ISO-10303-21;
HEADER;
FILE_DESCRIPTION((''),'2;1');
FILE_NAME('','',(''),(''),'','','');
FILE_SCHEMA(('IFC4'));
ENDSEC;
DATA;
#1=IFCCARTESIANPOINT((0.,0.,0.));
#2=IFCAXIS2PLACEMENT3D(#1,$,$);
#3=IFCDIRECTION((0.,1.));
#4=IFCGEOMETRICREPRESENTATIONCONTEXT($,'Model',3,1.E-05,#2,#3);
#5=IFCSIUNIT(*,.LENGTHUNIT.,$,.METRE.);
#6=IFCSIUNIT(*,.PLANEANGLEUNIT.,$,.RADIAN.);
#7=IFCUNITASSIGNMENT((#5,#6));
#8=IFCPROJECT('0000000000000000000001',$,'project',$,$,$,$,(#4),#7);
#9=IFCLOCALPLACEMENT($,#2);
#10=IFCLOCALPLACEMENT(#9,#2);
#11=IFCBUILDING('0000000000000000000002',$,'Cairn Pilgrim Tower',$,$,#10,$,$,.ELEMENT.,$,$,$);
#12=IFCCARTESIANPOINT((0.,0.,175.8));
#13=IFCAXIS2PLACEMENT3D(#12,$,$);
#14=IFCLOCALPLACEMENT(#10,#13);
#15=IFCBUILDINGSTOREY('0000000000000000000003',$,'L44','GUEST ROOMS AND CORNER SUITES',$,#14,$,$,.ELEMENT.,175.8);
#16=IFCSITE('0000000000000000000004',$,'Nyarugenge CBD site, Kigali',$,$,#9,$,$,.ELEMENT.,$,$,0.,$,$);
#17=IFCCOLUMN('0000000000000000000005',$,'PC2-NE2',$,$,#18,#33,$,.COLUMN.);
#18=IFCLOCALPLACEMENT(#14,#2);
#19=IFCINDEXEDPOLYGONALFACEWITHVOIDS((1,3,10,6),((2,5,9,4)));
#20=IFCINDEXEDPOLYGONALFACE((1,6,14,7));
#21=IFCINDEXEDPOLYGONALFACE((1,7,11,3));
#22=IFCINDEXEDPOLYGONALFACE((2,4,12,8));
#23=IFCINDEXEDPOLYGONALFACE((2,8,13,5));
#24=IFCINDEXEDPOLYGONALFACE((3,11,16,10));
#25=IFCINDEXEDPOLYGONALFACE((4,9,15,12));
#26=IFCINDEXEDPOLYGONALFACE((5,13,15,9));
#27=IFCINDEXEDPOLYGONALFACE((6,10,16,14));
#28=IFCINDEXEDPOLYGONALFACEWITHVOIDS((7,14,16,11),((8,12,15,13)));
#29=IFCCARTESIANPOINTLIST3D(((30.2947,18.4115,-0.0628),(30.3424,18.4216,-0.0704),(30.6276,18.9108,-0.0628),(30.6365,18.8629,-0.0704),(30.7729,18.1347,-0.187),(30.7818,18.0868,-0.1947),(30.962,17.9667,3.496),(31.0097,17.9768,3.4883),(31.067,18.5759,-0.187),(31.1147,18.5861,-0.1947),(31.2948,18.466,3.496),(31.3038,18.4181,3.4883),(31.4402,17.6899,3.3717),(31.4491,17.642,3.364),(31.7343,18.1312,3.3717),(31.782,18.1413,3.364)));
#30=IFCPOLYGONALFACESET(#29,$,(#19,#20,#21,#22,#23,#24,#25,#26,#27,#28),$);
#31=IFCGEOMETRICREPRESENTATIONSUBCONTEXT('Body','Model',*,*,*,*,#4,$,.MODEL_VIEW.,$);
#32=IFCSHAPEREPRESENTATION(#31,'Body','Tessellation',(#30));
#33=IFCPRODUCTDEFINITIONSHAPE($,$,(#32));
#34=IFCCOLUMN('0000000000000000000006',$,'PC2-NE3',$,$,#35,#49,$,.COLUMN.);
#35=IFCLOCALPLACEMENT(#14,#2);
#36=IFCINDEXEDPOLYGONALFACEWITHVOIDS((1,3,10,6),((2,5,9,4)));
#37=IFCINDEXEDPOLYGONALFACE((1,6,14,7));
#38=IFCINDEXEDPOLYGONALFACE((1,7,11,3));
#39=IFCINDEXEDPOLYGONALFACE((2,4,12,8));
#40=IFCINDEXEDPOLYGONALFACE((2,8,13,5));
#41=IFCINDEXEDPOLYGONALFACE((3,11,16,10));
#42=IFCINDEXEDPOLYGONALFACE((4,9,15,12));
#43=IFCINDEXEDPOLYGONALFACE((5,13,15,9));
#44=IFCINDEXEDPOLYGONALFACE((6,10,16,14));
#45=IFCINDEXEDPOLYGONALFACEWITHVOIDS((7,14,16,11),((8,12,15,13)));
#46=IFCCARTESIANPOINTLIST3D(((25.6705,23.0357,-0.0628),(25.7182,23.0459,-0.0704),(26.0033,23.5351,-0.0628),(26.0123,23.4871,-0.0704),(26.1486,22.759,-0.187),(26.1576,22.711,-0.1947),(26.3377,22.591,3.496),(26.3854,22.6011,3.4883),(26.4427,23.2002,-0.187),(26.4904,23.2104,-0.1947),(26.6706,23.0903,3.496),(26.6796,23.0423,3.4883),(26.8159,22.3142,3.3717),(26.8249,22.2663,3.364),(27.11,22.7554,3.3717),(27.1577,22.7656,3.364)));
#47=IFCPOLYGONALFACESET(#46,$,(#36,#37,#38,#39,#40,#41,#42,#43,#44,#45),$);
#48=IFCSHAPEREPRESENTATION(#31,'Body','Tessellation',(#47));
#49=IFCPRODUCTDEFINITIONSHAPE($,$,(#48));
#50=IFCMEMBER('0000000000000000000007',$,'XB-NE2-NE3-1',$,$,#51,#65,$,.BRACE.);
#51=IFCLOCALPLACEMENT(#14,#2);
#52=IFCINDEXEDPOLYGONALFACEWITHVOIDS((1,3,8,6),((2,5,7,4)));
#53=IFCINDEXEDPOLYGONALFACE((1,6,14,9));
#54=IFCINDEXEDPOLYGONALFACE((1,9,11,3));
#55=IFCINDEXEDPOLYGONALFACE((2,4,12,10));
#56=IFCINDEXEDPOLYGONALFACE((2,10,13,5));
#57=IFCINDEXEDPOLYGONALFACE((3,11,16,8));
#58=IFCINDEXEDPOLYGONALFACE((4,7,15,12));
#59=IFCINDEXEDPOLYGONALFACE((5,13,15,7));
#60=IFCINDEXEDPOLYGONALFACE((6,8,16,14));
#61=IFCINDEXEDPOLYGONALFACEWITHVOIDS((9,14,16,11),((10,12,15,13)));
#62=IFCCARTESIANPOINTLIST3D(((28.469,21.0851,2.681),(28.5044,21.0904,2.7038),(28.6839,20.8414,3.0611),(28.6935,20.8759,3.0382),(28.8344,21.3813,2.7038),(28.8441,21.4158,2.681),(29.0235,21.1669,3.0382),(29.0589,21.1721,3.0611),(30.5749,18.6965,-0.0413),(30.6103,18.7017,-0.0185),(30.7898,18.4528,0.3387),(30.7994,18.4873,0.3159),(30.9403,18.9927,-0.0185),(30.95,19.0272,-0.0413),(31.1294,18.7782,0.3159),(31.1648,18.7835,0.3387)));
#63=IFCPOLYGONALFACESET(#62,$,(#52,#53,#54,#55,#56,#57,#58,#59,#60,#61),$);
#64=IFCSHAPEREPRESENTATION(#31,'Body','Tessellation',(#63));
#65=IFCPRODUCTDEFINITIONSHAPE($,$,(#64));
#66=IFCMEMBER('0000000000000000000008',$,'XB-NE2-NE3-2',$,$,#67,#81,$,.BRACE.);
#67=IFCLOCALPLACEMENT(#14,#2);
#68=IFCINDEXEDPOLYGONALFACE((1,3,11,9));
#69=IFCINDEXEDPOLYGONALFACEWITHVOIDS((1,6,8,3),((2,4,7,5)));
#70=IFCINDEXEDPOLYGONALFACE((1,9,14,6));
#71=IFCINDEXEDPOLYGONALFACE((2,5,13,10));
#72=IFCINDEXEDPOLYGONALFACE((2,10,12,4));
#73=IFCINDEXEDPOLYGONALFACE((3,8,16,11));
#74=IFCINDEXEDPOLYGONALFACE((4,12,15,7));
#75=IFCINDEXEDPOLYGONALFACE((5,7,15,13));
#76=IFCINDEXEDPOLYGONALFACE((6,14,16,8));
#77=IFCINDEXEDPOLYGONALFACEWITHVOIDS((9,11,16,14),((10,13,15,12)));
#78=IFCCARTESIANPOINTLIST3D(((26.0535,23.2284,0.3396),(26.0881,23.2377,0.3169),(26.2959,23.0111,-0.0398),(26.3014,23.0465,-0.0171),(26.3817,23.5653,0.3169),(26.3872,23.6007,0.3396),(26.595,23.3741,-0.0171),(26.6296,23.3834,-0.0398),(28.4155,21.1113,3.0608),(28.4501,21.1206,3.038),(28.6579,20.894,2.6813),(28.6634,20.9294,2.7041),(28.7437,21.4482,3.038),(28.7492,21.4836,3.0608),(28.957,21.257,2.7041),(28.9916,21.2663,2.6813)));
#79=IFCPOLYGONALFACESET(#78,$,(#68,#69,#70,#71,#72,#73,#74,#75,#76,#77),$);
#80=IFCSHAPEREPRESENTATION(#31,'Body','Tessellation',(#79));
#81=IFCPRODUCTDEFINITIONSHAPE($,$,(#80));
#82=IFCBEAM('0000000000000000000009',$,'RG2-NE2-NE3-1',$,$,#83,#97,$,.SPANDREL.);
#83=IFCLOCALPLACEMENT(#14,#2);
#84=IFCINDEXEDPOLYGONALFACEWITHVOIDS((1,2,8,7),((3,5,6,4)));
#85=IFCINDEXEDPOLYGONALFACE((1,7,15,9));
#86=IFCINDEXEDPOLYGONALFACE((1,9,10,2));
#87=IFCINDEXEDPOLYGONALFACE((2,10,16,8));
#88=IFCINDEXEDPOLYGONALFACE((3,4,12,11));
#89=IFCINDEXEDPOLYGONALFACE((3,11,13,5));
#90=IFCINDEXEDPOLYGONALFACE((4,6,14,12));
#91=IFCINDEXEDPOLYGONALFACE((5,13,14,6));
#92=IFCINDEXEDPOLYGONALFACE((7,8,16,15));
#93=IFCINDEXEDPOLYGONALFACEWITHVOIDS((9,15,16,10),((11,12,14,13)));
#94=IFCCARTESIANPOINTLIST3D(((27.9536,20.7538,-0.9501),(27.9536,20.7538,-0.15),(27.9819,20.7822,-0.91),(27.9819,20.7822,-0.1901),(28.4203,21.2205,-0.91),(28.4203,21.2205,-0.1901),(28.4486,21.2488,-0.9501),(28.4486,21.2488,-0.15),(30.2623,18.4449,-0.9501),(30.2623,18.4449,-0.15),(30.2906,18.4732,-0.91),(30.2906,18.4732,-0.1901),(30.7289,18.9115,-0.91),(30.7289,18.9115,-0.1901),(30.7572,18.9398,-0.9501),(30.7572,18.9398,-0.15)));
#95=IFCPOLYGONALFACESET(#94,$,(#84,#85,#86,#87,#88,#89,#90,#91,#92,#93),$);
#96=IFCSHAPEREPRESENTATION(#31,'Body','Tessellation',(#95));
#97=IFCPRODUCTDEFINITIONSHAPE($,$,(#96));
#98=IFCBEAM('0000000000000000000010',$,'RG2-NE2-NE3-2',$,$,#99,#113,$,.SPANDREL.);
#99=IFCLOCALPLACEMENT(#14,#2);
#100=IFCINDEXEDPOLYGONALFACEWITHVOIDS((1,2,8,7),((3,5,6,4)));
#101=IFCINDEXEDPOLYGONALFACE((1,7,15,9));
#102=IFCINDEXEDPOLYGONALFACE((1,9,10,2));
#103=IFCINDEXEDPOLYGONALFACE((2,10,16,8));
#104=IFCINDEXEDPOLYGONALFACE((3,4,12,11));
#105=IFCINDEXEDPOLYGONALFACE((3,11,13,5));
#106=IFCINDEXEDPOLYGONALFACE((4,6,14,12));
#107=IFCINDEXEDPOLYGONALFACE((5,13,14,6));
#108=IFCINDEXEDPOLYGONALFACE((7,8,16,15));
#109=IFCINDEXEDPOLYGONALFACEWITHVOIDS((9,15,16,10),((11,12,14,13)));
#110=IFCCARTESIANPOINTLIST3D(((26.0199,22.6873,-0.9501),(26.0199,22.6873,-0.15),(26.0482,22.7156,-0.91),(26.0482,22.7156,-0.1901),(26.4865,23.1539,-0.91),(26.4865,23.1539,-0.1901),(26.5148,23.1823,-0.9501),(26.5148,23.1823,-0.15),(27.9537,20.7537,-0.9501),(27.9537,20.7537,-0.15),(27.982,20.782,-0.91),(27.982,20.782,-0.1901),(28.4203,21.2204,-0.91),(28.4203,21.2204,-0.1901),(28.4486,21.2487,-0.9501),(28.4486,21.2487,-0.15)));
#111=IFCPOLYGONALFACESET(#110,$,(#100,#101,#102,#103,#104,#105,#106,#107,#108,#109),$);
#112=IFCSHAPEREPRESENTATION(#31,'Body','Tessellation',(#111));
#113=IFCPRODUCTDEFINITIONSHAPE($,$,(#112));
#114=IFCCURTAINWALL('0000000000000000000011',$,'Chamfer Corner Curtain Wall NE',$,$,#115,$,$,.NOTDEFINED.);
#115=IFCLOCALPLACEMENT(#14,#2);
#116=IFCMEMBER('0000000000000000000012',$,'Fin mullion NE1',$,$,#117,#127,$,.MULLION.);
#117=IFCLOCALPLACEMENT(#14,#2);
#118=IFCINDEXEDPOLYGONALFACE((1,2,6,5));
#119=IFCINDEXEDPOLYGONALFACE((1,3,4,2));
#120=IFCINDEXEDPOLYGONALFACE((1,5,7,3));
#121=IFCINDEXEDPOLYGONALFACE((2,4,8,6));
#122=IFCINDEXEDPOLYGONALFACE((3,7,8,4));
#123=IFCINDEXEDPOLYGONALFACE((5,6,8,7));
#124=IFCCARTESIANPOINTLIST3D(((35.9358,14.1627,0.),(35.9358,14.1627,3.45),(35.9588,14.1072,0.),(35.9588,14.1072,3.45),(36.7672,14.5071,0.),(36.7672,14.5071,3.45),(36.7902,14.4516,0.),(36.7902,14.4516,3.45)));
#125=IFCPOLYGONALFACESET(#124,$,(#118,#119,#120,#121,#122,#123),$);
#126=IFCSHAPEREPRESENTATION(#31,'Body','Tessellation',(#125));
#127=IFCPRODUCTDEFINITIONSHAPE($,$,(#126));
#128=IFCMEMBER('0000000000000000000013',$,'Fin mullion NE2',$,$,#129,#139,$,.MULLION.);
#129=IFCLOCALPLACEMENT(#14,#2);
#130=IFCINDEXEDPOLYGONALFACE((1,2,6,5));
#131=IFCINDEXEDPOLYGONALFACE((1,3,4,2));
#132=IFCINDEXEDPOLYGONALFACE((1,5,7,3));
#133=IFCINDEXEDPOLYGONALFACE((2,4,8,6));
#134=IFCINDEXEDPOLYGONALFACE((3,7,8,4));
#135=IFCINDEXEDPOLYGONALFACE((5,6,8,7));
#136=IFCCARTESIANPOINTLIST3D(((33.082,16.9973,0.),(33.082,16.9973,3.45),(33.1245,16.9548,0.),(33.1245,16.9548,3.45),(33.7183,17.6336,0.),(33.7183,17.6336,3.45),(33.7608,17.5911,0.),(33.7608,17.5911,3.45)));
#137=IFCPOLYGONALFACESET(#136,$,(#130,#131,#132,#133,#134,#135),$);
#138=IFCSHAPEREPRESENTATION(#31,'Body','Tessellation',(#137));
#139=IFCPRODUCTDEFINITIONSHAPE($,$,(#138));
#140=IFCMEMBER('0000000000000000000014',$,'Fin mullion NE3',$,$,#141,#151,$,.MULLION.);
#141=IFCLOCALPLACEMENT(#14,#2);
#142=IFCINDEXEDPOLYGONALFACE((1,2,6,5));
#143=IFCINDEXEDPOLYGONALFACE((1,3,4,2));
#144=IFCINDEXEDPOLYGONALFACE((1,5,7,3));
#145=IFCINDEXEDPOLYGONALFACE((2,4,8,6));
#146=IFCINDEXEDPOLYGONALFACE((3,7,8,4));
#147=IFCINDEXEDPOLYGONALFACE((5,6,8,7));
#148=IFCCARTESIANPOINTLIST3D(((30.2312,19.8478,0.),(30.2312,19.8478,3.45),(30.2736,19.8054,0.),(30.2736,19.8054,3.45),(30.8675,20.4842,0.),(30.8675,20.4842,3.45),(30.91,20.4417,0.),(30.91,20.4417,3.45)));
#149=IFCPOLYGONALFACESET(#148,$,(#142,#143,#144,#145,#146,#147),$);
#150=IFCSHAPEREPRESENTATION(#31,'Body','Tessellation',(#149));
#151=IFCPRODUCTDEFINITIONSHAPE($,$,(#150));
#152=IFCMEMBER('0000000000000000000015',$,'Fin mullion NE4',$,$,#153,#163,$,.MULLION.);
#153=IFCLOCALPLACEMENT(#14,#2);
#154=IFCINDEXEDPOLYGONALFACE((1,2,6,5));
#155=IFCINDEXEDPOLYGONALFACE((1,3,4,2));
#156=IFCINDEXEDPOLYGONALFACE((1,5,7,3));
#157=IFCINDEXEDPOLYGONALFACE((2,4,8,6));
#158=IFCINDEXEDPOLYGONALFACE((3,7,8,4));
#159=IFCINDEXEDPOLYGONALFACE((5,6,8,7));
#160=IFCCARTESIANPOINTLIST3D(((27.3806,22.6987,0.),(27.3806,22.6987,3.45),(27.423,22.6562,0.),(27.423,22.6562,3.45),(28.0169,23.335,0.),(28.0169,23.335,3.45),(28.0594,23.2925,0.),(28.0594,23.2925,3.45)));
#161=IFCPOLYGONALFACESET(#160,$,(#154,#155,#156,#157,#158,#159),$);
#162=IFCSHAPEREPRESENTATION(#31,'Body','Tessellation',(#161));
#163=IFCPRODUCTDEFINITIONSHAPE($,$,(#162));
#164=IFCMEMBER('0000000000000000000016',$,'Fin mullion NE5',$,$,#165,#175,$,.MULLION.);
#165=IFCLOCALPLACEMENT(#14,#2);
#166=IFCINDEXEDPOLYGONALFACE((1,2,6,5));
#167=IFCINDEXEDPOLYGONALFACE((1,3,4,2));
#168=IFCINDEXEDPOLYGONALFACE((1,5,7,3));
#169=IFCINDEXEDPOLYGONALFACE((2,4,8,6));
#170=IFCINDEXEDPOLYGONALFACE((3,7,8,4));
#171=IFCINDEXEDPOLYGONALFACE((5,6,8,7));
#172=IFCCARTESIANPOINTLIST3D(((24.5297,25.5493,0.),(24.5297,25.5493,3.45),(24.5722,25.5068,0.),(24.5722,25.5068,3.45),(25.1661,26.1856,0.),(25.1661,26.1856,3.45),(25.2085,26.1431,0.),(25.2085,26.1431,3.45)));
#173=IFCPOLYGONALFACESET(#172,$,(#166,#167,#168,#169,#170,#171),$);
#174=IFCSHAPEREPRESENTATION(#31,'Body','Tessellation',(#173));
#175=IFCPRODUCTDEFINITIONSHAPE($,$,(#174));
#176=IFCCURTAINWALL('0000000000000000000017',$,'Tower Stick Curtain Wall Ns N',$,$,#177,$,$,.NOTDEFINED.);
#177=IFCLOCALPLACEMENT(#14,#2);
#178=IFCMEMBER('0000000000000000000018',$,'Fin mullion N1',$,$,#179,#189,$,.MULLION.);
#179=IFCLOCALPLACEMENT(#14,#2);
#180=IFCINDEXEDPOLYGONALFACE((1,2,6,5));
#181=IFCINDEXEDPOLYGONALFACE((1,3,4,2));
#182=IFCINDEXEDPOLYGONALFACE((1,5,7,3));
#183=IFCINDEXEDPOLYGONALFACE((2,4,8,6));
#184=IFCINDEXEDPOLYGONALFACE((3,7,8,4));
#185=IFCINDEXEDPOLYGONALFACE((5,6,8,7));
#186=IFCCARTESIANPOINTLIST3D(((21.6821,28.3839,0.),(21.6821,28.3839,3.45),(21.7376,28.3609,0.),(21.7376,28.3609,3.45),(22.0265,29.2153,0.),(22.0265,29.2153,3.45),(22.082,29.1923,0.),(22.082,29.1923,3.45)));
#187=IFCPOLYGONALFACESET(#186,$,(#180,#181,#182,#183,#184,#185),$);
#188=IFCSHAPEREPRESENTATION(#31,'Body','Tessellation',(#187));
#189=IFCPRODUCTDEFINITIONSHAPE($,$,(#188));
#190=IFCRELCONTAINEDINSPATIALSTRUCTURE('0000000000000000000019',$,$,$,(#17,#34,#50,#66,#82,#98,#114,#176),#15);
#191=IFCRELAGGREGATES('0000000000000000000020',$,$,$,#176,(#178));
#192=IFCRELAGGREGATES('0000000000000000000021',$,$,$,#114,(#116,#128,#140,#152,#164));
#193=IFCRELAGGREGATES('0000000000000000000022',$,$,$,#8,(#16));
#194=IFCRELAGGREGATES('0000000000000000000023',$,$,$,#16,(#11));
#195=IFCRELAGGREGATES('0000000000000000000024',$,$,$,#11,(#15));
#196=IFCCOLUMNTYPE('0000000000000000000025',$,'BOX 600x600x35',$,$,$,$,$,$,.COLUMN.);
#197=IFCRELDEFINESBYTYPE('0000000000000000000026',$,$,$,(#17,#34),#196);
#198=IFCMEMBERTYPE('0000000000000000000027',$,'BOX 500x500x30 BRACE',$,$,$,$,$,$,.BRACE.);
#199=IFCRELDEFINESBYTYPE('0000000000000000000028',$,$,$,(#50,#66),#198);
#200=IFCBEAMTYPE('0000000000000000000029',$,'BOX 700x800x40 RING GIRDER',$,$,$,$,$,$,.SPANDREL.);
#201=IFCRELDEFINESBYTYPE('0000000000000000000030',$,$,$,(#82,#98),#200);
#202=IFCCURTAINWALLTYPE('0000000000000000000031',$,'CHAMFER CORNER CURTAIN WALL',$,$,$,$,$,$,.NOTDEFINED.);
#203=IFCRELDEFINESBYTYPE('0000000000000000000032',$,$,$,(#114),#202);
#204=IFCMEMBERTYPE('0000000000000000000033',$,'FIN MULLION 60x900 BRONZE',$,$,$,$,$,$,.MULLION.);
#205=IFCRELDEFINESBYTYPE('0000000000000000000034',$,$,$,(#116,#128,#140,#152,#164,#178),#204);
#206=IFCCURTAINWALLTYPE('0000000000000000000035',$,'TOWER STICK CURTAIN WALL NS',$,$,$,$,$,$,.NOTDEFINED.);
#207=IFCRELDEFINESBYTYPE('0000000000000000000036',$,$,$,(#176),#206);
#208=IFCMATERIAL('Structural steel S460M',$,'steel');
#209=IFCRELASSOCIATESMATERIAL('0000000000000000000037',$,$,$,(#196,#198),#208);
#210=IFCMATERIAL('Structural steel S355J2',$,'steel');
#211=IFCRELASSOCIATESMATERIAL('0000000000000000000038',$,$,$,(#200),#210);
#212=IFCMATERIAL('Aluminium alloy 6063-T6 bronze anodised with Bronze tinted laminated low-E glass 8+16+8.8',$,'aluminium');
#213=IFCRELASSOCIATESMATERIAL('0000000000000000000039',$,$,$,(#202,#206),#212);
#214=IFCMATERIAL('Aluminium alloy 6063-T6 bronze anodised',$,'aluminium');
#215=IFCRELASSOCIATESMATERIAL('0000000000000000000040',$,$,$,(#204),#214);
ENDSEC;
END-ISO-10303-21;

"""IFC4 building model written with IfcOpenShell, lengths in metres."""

from ifc_helpers import new_model, si_unit, direction, frame, origin, origin_2d, place, context, subcontext, project, spatial, rectangle, hollow_rectangle, extrude, clip, halfspace, material, material_profile, profile_set, type_object, element, aggregate, save


model = new_model("IFC4")

# Units and contexts
model_context = context("Model", 3, precision=1e-05, world=origin(), true_north=direction((0.0, 1.0)))
body_context = subcontext(model_context, "Body", "Model", "MODEL_VIEW")
ifc_project = project(units=[si_unit("LENGTHUNIT", "METRE"), si_unit("PLANEANGLEUNIT", "RADIAN")], contexts=[model_context])

# Site, building, storey
site_placement = place(None, origin())
site = spatial("IfcSite", under=ifc_project, at=site_placement, Name="Nyarugenge CBD site, Kigali", CompositionType="ELEMENT", RefElevation=0.0)
building_placement = place(site_placement, origin())
building = spatial("IfcBuilding", under=site, at=building_placement, Name="Cairn Pilgrim Tower", CompositionType="ELEMENT")
storey_placement = place(building_placement, frame((0.0, 0.0, 175.8)))
storey = spatial("IfcBuildingStorey", under=building, at=storey_placement, Name="L44", Description="GUEST ROOMS AND CORNER SUITES", CompositionType="ELEMENT", Elevation=175.8)

# Columns
ifc_material_1 = material(Name="Structural steel S460M", Category="steel")
ifc_material_profile_1 = material_profile(ifc_material_1, hollow_rectangle(XDim=0.6001, YDim=0.6001, WallThickness=0.0349, at=origin_2d()), Name="BOX 600x600x35")
ifc_profile_set_1 = profile_set([ifc_material_profile_1], Name="Structural steel S460M")
column_type = type_object("IfcColumnType", Name="BOX 600x600x35", PredefinedType="COLUMN", material=ifc_profile_set_1)
for number, where, z_axis, x_axis, name in (
    (1, (30.7007, 18.5015, -0.1501), (0.182922, -0.121926, 0.975538), (0.554631, 0.832097, 0.0), "PC2-NE2"),
    (2, (26.0764, 23.1257, -0.1501), (0.182922, -0.121926, 0.975538), (0.554631, 0.832097, 0.0), "PC2-NE3"),
):
    element("IfcColumn", number, at=place(storey_placement, frame(where, z_axis=z_axis, x_axis=x_axis)), inside=storey, type_object=column_type, Name=name, PredefinedType="COLUMN", context=body_context, shape_type="Clipping", body=[
        clip(clip(extrude(hollow_rectangle(XDim=0.6001, YDim=0.6001, WallThickness=0.0349, at=origin_2d()), origin(), (0.0, 0.0, 1.0), 3.6904), halfspace(frame((0.0, 0.0, 0.022), z_axis=(0.0, 0.0, 1.0), x_axis=(1.0, 0.0, 0.0)), True)), halfspace(frame((0.0, 0.0, 3.6699), z_axis=(0.0, 0.0, 1.0), x_axis=(1.0, 0.0, 0.0)), False)),
    ])

# Members
ifc_material_profile_2 = material_profile(ifc_material_1, hollow_rectangle(XDim=0.5, YDim=0.5, WallThickness=0.03, at=origin_2d()), Name="BOX 500x500x30")
ifc_profile_set_2 = profile_set([ifc_material_profile_2], Name="Structural steel S460M")
member_type_1 = type_object("IfcMemberType", Name="BOX 500x500x30 BRACE", PredefinedType="BRACE", material=ifc_profile_set_2)
member_1_placement = place(storey_placement, frame((30.8699, 18.74, 0.1487), z_axis=(-0.502669, 0.57015, 0.64981), x_axis=(-0.750102, -0.661322, 0.0)))
element("IfcMember", 3, at=member_1_placement, inside=storey, type_object=member_type_1, Name="XB-NE2-NE3-1", PredefinedType="BRACE", context=body_context, shape_type="SweptSolid", body=[
    extrude(hollow_rectangle(XDim=0.5, YDim=0.5, WallThickness=0.03, at=origin_2d()), origin(), (0.0, 0.0, 1.0), 4.1895),
])
member_2_placement = place(storey_placement, frame((26.3416, 23.3059, 0.1499), z_axis=(0.565179, -0.506587, 0.651109), x_axis=(0.667454, 0.744651, 0.0)))
element("IfcMember", 4, at=member_2_placement, inside=storey, type_object=member_type_1, Name="XB-NE2-NE3-2", PredefinedType="BRACE", context=body_context, shape_type="SweptSolid", body=[
    extrude(hollow_rectangle(XDim=0.5, YDim=0.5, WallThickness=0.03, at=origin_2d()), origin(), (0.0, 0.0, 1.0), 4.1792),
])

# Beams
ifc_material_2 = material(Name="Structural steel S355J2", Category="steel")
ifc_material_profile_3 = material_profile(ifc_material_2, hollow_rectangle(XDim=0.7, YDim=0.8, WallThickness=0.04, at=origin_2d()), Name="BOX 700x800x40")
ifc_profile_set_3 = profile_set([ifc_material_profile_3], Name="Structural steel S355J2")
beam_type_1 = type_object("IfcBeamType", Name="BOX 700x800x40 RING GIRDER", PredefinedType="SPANDREL", material=ifc_profile_set_3)
beam_1_placement = place(storey_placement, frame((30.5098, 18.6924, -0.55), z_axis=(-0.707069, 0.707144, 0.0), x_axis=(-0.707144, -0.707069, 0.0)))
element("IfcBeam", 5, at=beam_1_placement, inside=storey, type_object=beam_type_1, Name="RG2-NE2-NE3-1", PredefinedType="SPANDREL", context=body_context, shape_type="SweptSolid", body=[
    extrude(hollow_rectangle(XDim=0.7, YDim=0.8, WallThickness=0.04, at=origin_2d()), origin(), (0.0, 0.0, 1.0), 3.2651),
])
beam_2_placement = place(storey_placement, frame((28.2012, 21.0012, -0.55), z_axis=(-0.707151, 0.707062, 0.0), x_axis=(-0.707062, -0.707151, 0.0)))
element("IfcBeam", 6, at=beam_2_placement, inside=storey, type_object=beam_type_1, Name="RG2-NE2-NE3-2", PredefinedType="SPANDREL", context=body_context, shape_type="SweptSolid", body=[
    extrude(hollow_rectangle(XDim=0.7, YDim=0.8, WallThickness=0.04, at=origin_2d()), origin(), (0.0, 0.0, 1.0), 2.7346),
])

# Curtain wall, members
ifc_material_3 = material(Name="Aluminium alloy 6063-T6 bronze anodised with Bronze tinted laminated low-E glass 8+16+8.8", Category="aluminium")
curtain_wall_type_1 = type_object("IfcCurtainWallType", Name="CHAMFER CORNER CURTAIN WALL", PredefinedType="NOTDEFINED", material=ifc_material_3)
curtain_wall_1_placement = place(storey_placement, origin())
curtain_wall_1 = element("IfcCurtainWall", 7, at=curtain_wall_1_placement, inside=storey, type_object=curtain_wall_type_1, Name="Chamfer Corner Curtain Wall NE", PredefinedType="NOTDEFINED")
ifc_material_4 = material(Name="Aluminium alloy 6063-T6 bronze anodised", Category="aluminium")
ifc_material_profile_4 = material_profile(ifc_material_4, rectangle(XDim=0.8999, YDim=0.0601, at=origin_2d()), Name="FIN MULLION 60x900 BRONZE")
ifc_profile_set_4 = profile_set([ifc_material_profile_4], Name="Aluminium alloy 6063-T6 bronze anodised")
member_type_2 = type_object("IfcMemberType", Name="FIN MULLION 60x900 BRONZE", PredefinedType="MULLION", material=ifc_profile_set_4)
member_3_placement = place(storey_placement, frame((36.363, 14.3071, 0.0), z_axis=(0.0, 0.0, 1.0), x_axis=(0.92388, 0.382683, 0.0)))
member_3 = element("IfcMember", 8, at=member_3_placement, type_object=member_type_2, Name="Fin mullion NE1", PredefinedType="MULLION", context=body_context, shape_type="SweptSolid", body=[
    extrude(rectangle(XDim=0.8999, YDim=0.0601, at=origin_2d()), origin(), (0.0, 0.0, 1.0), 3.45),
])
member_4_placement = place(storey_placement, frame((33.4214, 17.2942, 0.0), z_axis=(0.0, 0.0, 1.0), x_axis=(0.707107, 0.707107, 0.0)))
member_4 = element("IfcMember", 9, at=member_4_placement, type_object=member_type_2, Name="Fin mullion NE2", PredefinedType="MULLION", context=body_context, shape_type="SweptSolid", body=[
    extrude(rectangle(XDim=0.8999, YDim=0.0601, at=origin_2d()), origin(), (0.0, 0.0, 1.0), 3.45),
])
member_5_placement = place(storey_placement, frame((30.5706, 20.1448, 0.0), z_axis=(0.0, 0.0, 1.0), x_axis=(0.707107, 0.707107, 0.0)))
member_5 = element("IfcMember", 10, at=member_5_placement, type_object=member_type_2, Name="Fin mullion NE3", PredefinedType="MULLION", context=body_context, shape_type="SweptSolid", body=[
    extrude(rectangle(XDim=0.8999, YDim=0.0601, at=origin_2d()), origin(), (0.0, 0.0, 1.0), 3.45),
])
member_6_placement = place(storey_placement, frame((27.72, 22.9956, 0.0), z_axis=(0.0, 0.0, 1.0), x_axis=(0.707107, 0.707107, 0.0)))
member_6 = element("IfcMember", 11, at=member_6_placement, type_object=member_type_2, Name="Fin mullion NE4", PredefinedType="MULLION", context=body_context, shape_type="SweptSolid", body=[
    extrude(rectangle(XDim=0.8999, YDim=0.0601, at=origin_2d()), origin(), (0.0, 0.0, 1.0), 3.45),
])
member_7_placement = place(storey_placement, frame((24.8691, 25.8462, 0.0), z_axis=(0.0, 0.0, 1.0), x_axis=(0.707107, 0.707107, 0.0)))
member_7 = element("IfcMember", 12, at=member_7_placement, type_object=member_type_2, Name="Fin mullion NE5", PredefinedType="MULLION", context=body_context, shape_type="SweptSolid", body=[
    extrude(rectangle(XDim=0.8999, YDim=0.0601, at=origin_2d()), origin(), (0.0, 0.0, 1.0), 3.45),
])

# Curtain wall, member
curtain_wall_type_2 = type_object("IfcCurtainWallType", Name="TOWER STICK CURTAIN WALL NS", PredefinedType="NOTDEFINED", material=ifc_material_3)
curtain_wall_2_placement = place(storey_placement, origin())
curtain_wall_2 = element("IfcCurtainWall", 13, at=curtain_wall_2_placement, inside=storey, type_object=curtain_wall_type_2, Name="Tower Stick Curtain Wall Ns N", PredefinedType="NOTDEFINED")
member_8_placement = place(storey_placement, frame((21.8821, 28.7881, 0.0), z_axis=(0.0, 0.0, 1.0), x_axis=(0.382683, 0.92388, 0.0)))
member_8 = element("IfcMember", 14, at=member_8_placement, type_object=member_type_2, Name="Fin mullion N1", PredefinedType="MULLION", context=body_context, shape_type="SweptSolid", body=[
    extrude(rectangle(XDim=0.8999, YDim=0.0601, at=origin_2d()), origin(), (0.0, 0.0, 1.0), 3.45),
])
aggregate(curtain_wall_2, [member_8])

aggregate(curtain_wall_1, [member_3, member_4, member_5, member_6, member_7])

save(model, "model.ifc")
